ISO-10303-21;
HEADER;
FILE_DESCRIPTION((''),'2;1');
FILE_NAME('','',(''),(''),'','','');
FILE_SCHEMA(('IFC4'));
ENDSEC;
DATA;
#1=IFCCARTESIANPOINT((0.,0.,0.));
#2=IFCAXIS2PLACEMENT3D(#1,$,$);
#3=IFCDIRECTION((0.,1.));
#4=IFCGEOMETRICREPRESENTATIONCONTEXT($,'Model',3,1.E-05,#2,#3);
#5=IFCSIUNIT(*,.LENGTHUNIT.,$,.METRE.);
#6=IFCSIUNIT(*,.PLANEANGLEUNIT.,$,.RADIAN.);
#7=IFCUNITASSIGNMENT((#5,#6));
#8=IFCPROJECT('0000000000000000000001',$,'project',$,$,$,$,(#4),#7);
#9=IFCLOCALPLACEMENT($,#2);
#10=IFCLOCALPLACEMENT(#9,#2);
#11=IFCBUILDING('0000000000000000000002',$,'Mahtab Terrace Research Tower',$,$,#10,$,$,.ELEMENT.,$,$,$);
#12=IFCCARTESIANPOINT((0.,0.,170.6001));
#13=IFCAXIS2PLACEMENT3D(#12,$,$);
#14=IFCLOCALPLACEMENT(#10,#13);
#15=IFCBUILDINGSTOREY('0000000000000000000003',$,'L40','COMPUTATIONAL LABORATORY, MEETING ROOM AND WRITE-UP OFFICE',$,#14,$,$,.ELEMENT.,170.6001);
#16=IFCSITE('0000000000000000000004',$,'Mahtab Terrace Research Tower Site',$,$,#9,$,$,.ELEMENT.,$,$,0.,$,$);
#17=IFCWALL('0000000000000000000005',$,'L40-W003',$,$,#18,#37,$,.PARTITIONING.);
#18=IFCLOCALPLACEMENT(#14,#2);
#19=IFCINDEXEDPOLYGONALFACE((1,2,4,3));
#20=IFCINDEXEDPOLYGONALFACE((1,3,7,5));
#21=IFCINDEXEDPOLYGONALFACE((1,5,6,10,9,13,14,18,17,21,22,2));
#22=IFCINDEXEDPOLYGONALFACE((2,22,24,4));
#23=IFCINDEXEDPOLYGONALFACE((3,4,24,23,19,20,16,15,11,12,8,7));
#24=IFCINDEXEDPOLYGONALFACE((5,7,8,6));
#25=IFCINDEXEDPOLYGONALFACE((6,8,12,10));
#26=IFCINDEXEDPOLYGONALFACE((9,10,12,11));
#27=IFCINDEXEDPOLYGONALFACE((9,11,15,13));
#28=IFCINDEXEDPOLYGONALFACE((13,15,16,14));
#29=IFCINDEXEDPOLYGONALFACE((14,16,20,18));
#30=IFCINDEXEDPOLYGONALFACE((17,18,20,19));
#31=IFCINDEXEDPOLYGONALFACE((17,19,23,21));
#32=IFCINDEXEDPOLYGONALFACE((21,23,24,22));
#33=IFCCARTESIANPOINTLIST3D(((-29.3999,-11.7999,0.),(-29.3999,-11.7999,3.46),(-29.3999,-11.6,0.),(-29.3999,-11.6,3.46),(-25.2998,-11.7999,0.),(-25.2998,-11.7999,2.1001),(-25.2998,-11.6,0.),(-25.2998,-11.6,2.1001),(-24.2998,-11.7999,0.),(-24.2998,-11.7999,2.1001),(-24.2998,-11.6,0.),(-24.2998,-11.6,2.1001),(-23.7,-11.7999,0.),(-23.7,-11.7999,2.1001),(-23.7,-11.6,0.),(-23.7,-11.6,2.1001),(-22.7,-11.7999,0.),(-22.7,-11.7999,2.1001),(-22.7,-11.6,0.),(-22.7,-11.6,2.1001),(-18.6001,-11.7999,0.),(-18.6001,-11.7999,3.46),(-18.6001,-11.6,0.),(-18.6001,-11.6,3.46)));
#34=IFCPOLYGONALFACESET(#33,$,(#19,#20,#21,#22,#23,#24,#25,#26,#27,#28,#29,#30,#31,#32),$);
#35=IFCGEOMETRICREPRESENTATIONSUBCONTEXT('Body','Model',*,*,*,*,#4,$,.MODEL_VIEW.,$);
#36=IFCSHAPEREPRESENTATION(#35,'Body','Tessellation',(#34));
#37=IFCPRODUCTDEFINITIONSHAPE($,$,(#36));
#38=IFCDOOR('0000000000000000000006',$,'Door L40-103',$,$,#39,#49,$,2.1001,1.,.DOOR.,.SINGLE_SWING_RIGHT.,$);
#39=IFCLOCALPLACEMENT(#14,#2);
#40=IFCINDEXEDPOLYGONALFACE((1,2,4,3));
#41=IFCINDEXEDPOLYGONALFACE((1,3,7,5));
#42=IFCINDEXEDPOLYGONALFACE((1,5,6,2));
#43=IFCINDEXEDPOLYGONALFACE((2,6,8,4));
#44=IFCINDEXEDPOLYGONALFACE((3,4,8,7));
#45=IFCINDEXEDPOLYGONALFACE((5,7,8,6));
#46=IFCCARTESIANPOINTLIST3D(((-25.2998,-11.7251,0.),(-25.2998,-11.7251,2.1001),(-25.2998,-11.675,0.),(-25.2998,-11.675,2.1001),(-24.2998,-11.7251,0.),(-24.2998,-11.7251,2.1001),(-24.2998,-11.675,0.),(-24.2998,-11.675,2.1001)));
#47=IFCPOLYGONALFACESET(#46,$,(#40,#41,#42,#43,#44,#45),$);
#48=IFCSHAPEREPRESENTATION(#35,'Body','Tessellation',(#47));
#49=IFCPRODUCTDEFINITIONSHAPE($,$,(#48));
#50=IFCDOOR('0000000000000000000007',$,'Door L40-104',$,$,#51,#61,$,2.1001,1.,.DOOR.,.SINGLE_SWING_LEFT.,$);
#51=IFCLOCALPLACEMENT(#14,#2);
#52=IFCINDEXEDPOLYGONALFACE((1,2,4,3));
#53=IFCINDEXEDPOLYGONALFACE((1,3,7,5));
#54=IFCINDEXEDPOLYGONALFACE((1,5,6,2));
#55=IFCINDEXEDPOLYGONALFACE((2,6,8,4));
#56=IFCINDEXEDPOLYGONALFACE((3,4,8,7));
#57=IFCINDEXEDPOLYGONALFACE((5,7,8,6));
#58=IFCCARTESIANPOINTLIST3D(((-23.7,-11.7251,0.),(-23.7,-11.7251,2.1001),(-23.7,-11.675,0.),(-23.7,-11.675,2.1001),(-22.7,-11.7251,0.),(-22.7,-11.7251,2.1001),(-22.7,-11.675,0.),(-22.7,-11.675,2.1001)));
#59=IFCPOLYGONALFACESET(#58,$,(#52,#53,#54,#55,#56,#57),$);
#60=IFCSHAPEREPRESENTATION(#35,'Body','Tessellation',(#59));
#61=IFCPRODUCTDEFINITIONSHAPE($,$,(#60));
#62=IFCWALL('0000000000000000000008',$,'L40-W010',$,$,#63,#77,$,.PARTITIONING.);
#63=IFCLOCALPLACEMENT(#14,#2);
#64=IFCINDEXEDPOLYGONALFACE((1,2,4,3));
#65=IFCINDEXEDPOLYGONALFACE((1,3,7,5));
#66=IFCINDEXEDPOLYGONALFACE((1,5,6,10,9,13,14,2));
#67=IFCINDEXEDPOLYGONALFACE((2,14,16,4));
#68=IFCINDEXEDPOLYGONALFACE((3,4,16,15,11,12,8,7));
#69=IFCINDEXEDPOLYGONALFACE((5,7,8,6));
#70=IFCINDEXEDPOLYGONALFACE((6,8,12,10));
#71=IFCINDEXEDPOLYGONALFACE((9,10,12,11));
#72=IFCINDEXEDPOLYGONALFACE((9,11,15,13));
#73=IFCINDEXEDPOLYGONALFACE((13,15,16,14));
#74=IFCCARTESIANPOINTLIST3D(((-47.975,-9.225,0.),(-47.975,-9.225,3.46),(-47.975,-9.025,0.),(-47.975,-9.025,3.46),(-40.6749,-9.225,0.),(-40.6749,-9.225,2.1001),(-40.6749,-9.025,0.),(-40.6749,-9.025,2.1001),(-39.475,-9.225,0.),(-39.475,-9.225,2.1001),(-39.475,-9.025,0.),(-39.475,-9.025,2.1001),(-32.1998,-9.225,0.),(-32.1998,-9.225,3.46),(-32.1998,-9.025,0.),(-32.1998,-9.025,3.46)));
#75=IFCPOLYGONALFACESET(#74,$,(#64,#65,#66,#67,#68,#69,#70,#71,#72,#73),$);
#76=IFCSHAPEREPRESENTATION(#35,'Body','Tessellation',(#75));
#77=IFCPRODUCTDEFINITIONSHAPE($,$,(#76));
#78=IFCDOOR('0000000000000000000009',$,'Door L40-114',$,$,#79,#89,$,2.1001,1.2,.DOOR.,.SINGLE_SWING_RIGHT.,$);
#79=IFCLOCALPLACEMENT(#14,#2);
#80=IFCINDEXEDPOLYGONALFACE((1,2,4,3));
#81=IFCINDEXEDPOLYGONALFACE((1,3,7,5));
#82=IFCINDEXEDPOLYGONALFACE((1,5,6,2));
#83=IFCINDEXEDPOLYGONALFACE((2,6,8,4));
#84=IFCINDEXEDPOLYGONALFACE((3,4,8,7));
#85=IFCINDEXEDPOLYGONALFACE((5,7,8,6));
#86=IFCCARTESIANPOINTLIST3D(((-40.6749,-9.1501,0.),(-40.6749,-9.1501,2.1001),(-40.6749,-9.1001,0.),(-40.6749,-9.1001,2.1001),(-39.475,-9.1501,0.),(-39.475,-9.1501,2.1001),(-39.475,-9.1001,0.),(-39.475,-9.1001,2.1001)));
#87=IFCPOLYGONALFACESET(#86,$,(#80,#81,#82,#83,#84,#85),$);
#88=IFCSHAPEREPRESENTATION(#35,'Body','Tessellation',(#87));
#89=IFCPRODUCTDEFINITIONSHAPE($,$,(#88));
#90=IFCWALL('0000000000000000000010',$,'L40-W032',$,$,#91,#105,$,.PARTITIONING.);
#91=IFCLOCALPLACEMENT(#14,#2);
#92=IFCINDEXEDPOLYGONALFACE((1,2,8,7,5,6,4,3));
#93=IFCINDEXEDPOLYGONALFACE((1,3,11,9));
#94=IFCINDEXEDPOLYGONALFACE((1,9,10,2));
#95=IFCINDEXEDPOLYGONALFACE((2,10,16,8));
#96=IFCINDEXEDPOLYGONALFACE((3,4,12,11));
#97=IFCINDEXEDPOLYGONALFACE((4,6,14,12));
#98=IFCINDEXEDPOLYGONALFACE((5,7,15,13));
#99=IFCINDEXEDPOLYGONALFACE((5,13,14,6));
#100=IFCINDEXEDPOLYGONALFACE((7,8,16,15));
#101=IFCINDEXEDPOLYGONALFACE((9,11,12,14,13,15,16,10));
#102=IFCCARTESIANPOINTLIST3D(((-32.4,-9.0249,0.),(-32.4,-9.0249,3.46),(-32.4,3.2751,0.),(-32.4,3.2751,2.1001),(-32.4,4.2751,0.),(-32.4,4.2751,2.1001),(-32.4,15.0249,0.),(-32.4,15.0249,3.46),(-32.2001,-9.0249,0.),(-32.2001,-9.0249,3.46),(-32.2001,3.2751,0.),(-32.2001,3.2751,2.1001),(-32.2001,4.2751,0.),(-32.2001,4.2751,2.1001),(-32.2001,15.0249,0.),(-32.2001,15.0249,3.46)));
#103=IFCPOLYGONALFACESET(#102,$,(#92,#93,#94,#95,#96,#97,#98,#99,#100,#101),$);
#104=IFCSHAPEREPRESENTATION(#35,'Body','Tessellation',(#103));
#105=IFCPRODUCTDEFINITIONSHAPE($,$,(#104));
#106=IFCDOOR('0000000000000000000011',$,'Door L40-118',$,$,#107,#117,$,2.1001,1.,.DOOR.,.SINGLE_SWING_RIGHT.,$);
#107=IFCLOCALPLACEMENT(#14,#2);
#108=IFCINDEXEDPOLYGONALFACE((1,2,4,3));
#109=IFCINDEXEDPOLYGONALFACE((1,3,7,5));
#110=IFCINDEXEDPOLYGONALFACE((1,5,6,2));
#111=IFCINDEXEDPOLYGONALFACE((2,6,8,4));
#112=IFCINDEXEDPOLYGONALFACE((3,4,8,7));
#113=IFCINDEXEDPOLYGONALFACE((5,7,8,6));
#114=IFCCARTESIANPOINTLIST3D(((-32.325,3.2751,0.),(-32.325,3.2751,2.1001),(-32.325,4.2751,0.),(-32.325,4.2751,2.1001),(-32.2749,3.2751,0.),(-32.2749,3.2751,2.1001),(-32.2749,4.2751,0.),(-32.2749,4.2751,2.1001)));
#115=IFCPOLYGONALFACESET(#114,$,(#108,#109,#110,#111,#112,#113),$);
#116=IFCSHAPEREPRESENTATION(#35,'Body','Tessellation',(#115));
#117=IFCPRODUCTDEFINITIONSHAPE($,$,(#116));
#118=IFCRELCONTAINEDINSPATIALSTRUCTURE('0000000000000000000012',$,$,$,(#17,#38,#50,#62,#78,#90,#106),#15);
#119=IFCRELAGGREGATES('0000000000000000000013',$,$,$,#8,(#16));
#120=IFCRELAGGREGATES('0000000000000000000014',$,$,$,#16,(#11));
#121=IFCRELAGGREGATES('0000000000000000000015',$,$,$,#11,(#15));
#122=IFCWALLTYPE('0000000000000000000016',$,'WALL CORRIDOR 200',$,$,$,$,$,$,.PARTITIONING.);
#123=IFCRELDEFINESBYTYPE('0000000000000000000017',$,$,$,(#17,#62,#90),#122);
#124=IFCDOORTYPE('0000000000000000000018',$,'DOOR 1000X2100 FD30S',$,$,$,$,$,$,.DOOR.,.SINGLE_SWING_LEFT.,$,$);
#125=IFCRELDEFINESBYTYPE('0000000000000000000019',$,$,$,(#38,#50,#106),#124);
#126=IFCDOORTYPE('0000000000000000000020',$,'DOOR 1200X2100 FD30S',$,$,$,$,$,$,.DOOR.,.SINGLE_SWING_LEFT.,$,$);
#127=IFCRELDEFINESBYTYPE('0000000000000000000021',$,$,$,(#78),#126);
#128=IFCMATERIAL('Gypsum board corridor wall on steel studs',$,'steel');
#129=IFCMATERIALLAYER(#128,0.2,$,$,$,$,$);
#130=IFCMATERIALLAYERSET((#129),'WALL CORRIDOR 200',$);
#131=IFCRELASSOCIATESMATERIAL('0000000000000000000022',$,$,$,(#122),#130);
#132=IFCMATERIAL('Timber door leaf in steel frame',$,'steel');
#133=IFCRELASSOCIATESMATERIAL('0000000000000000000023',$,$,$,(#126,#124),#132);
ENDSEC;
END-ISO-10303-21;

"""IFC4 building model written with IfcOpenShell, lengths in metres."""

from ifc_helpers import new_model, si_unit, direction, frame, frame_2d, origin, place, context, subcontext, project, spatial, rectangle, extrude, material, layer, layer_set, type_object, element, fill, save


model = new_model("IFC4")

# Units and contexts
model_context = context("Model", 3, precision=1e-05, world=origin(), true_north=direction((0.0, 1.0)))
body_context = subcontext(model_context, "Body", "Model", "MODEL_VIEW")
ifc_project = project(units=[si_unit("LENGTHUNIT", "METRE"), si_unit("PLANEANGLEUNIT", "RADIAN")], contexts=[model_context])

# Site, building, storey
site_placement = place(None, origin())
site = spatial("IfcSite", under=ifc_project, at=site_placement, Name="Mahtab Terrace Research Tower Site", CompositionType="ELEMENT", RefElevation=0.0)
building_placement = place(site_placement, origin())
building = spatial("IfcBuilding", under=site, at=building_placement, Name="Mahtab Terrace Research Tower", CompositionType="ELEMENT")
storey_placement = place(building_placement, frame((0.0, 0.0, 170.6001)))
storey = spatial("IfcBuildingStorey", under=building, at=storey_placement, Name="L40", Description="COMPUTATIONAL LABORATORY, MEETING ROOM AND WRITE-UP OFFICE", CompositionType="ELEMENT", Elevation=170.6001)

# Shared definitions
ifc_material_1 = material(Name="Gypsum board corridor wall on steel studs", Category="steel")
ifc_layer_1 = layer(ifc_material_1, 0.2)
ifc_layer_set_1 = layer_set([ifc_layer_1], Name="WALL CORRIDOR 200")
wall_type_1 = type_object("IfcWallType", Name="WALL CORRIDOR 200", PredefinedType="PARTITIONING", material=ifc_layer_set_1)
ifc_material_2 = material(Name="Timber door leaf in steel frame", Category="steel")
door_type_1 = type_object("IfcDoorType", Name="DOOR 1200X2100 FD30S", OperationType="SINGLE_SWING_LEFT", PredefinedType="DOOR", material=ifc_material_2)
door_type_2 = type_object("IfcDoorType", Name="DOOR 1000X2100 FD30S", OperationType="SINGLE_SWING_LEFT", PredefinedType="DOOR", material=ifc_material_2)

# Wall, openings, doors
wall_1_placement = place(storey_placement, frame((-29.3999, -11.7, 0.0), z_axis=(0.0, 0.0, 1.0), x_axis=(1.0, 0.0, 0.0)))
wall_1 = element("IfcWall", 1, at=wall_1_placement, inside=storey, type_object=wall_type_1, Name="L40-W003", PredefinedType="PARTITIONING", context=body_context, shape_type="SweptSolid", body=[
    extrude(rectangle(XDim=10.7998, YDim=0.2, at=frame_2d((5.3999, 0.0))), origin(), (0.0, 0.0, 1.0), 3.46),
])
opening_1_placement = place(wall_1_placement, frame((4.1001, 0.0, 0.0)))
opening_1 = element("IfcOpeningElement", 2, at=opening_1_placement, cuts=wall_1, PredefinedType="OPENING", context=body_context, shape_type="SweptSolid", body=[
    extrude(rectangle(XDim=1.0, YDim=2.1001, at=frame_2d((0.5, 1.05))), frame((0.0, 0.1099, 0.0), z_axis=(0.0, -1.0, 0.0), x_axis=(1.0, 0.0, 0.0)), (0.0, 0.0, 1.0), 0.22),
])
opening_2_placement = place(wall_1_placement, frame((5.7, 0.0, 0.0)))
opening_2 = element("IfcOpeningElement", 3, at=opening_2_placement, cuts=wall_1, PredefinedType="OPENING", context=body_context, shape_type="SweptSolid", body=[
    extrude(rectangle(XDim=1.0, YDim=2.1001, at=frame_2d((0.5, 1.05))), frame((0.0, 0.1099, 0.0), z_axis=(0.0, -1.0, 0.0), x_axis=(1.0, 0.0, 0.0)), (0.0, 0.0, 1.0), 0.22),
])
door_1_placement = place(opening_1_placement, origin())
door_1 = element("IfcDoor", 4, at=door_1_placement, inside=storey, type_object=door_type_2, Name="Door L40-103", OperationType="SINGLE_SWING_RIGHT", OverallHeight=2.1001, OverallWidth=1.0, PredefinedType="DOOR", context=body_context, shape_type="SweptSolid", body=[
    extrude(rectangle(XDim=1.0, YDim=2.1001, at=frame_2d((0.5, 1.05))), frame((0.0, 0.0249, 0.0), z_axis=(0.0, -1.0, 0.0), x_axis=(1.0, 0.0, 0.0)), (0.0, 0.0, 1.0), 0.05),
])
fill(opening_1, door_1)
door_2_placement = place(opening_2_placement, origin())
door_2 = element("IfcDoor", 5, at=door_2_placement, inside=storey, type_object=door_type_2, Name="Door L40-104", OperationType="SINGLE_SWING_LEFT", OverallHeight=2.1001, OverallWidth=1.0, PredefinedType="DOOR", context=body_context, shape_type="SweptSolid", body=[
    extrude(rectangle(XDim=1.0, YDim=2.1001, at=frame_2d((0.5, 1.05))), frame((0.0, 0.0249, 0.0), z_axis=(0.0, -1.0, 0.0), x_axis=(1.0, 0.0, 0.0)), (0.0, 0.0, 1.0), 0.05),
])
fill(opening_2, door_2)

# Walls, openings, doors
wall_2_placement = place(storey_placement, frame((-47.9751, -9.125, 0.0), z_axis=(0.0, 0.0, 1.0), x_axis=(1.0, 0.0, 0.0)))
wall_2 = element("IfcWall", 6, at=wall_2_placement, inside=storey, type_object=wall_type_1, Name="L40-W010", PredefinedType="PARTITIONING", context=body_context, shape_type="SweptSolid", body=[
    extrude(rectangle(XDim=15.7751, YDim=0.2, at=frame_2d((7.8877, 0.0))), origin(), (0.0, 0.0, 1.0), 3.46),
])
opening_3_placement = place(wall_2_placement, frame((7.3, 0.0, 0.0)))
opening_3 = element("IfcOpeningElement", 7, at=opening_3_placement, cuts=wall_2, PredefinedType="OPENING", context=body_context, shape_type="SweptSolid", body=[
    extrude(rectangle(XDim=1.2, YDim=2.1001, at=frame_2d((0.6001, 1.05))), frame((0.0, 0.1099, 0.0), z_axis=(0.0, -1.0, 0.0), x_axis=(1.0, 0.0, 0.0)), (0.0, 0.0, 1.0), 0.22),
])
door_3_placement = place(opening_3_placement, origin())
door_3 = element("IfcDoor", 8, at=door_3_placement, inside=storey, type_object=door_type_1, Name="Door L40-114", OperationType="SINGLE_SWING_RIGHT", OverallHeight=2.1001, OverallWidth=1.2, PredefinedType="DOOR", context=body_context, shape_type="SweptSolid", body=[
    extrude(rectangle(XDim=1.2, YDim=2.1001, at=frame_2d((0.6001, 1.05))), frame((0.0, 0.0249, 0.0), z_axis=(0.0, -1.0, 0.0), x_axis=(1.0, 0.0, 0.0)), (0.0, 0.0, 1.0), 0.05),
])
fill(opening_3, door_3)
wall_3_placement = place(storey_placement, frame((-32.3, -9.0249, 0.0), z_axis=(0.0, 0.0, 1.0), x_axis=(0.0, 1.0, 0.0)))
wall_3 = element("IfcWall", 9, at=wall_3_placement, inside=storey, type_object=wall_type_1, Name="L40-W032", PredefinedType="PARTITIONING", context=body_context, shape_type="SweptSolid", body=[
    extrude(rectangle(XDim=24.0498, YDim=0.2, at=frame_2d((12.0249, 0.0))), origin(), (0.0, 0.0, 1.0), 3.46),
])
opening_4_placement = place(wall_3_placement, frame((12.3, 0.0, 0.0)))
opening_4 = element("IfcOpeningElement", 10, at=opening_4_placement, cuts=wall_3, PredefinedType="OPENING", context=body_context, shape_type="SweptSolid", body=[
    extrude(rectangle(XDim=1.0, YDim=2.1001, at=frame_2d((0.5, 1.05))), frame((0.0, 0.1099, 0.0), z_axis=(0.0, -1.0, 0.0), x_axis=(1.0, 0.0, 0.0)), (0.0, 0.0, 1.0), 0.22),
])
door_4_placement = place(opening_4_placement, origin())
door_4 = element("IfcDoor", 11, at=door_4_placement, inside=storey, type_object=door_type_2, Name="Door L40-118", OperationType="SINGLE_SWING_RIGHT", OverallHeight=2.1001, OverallWidth=1.0, PredefinedType="DOOR", context=body_context, shape_type="SweptSolid", body=[
    extrude(rectangle(XDim=1.0, YDim=2.1001, at=frame_2d((0.5, 1.05))), frame((0.0, 0.0249, 0.0), z_axis=(0.0, -1.0, 0.0), x_axis=(1.0, 0.0, 0.0)), (0.0, 0.0, 1.0), 0.05),
])
fill(opening_4, door_4)

save(model, "model.ifc")
